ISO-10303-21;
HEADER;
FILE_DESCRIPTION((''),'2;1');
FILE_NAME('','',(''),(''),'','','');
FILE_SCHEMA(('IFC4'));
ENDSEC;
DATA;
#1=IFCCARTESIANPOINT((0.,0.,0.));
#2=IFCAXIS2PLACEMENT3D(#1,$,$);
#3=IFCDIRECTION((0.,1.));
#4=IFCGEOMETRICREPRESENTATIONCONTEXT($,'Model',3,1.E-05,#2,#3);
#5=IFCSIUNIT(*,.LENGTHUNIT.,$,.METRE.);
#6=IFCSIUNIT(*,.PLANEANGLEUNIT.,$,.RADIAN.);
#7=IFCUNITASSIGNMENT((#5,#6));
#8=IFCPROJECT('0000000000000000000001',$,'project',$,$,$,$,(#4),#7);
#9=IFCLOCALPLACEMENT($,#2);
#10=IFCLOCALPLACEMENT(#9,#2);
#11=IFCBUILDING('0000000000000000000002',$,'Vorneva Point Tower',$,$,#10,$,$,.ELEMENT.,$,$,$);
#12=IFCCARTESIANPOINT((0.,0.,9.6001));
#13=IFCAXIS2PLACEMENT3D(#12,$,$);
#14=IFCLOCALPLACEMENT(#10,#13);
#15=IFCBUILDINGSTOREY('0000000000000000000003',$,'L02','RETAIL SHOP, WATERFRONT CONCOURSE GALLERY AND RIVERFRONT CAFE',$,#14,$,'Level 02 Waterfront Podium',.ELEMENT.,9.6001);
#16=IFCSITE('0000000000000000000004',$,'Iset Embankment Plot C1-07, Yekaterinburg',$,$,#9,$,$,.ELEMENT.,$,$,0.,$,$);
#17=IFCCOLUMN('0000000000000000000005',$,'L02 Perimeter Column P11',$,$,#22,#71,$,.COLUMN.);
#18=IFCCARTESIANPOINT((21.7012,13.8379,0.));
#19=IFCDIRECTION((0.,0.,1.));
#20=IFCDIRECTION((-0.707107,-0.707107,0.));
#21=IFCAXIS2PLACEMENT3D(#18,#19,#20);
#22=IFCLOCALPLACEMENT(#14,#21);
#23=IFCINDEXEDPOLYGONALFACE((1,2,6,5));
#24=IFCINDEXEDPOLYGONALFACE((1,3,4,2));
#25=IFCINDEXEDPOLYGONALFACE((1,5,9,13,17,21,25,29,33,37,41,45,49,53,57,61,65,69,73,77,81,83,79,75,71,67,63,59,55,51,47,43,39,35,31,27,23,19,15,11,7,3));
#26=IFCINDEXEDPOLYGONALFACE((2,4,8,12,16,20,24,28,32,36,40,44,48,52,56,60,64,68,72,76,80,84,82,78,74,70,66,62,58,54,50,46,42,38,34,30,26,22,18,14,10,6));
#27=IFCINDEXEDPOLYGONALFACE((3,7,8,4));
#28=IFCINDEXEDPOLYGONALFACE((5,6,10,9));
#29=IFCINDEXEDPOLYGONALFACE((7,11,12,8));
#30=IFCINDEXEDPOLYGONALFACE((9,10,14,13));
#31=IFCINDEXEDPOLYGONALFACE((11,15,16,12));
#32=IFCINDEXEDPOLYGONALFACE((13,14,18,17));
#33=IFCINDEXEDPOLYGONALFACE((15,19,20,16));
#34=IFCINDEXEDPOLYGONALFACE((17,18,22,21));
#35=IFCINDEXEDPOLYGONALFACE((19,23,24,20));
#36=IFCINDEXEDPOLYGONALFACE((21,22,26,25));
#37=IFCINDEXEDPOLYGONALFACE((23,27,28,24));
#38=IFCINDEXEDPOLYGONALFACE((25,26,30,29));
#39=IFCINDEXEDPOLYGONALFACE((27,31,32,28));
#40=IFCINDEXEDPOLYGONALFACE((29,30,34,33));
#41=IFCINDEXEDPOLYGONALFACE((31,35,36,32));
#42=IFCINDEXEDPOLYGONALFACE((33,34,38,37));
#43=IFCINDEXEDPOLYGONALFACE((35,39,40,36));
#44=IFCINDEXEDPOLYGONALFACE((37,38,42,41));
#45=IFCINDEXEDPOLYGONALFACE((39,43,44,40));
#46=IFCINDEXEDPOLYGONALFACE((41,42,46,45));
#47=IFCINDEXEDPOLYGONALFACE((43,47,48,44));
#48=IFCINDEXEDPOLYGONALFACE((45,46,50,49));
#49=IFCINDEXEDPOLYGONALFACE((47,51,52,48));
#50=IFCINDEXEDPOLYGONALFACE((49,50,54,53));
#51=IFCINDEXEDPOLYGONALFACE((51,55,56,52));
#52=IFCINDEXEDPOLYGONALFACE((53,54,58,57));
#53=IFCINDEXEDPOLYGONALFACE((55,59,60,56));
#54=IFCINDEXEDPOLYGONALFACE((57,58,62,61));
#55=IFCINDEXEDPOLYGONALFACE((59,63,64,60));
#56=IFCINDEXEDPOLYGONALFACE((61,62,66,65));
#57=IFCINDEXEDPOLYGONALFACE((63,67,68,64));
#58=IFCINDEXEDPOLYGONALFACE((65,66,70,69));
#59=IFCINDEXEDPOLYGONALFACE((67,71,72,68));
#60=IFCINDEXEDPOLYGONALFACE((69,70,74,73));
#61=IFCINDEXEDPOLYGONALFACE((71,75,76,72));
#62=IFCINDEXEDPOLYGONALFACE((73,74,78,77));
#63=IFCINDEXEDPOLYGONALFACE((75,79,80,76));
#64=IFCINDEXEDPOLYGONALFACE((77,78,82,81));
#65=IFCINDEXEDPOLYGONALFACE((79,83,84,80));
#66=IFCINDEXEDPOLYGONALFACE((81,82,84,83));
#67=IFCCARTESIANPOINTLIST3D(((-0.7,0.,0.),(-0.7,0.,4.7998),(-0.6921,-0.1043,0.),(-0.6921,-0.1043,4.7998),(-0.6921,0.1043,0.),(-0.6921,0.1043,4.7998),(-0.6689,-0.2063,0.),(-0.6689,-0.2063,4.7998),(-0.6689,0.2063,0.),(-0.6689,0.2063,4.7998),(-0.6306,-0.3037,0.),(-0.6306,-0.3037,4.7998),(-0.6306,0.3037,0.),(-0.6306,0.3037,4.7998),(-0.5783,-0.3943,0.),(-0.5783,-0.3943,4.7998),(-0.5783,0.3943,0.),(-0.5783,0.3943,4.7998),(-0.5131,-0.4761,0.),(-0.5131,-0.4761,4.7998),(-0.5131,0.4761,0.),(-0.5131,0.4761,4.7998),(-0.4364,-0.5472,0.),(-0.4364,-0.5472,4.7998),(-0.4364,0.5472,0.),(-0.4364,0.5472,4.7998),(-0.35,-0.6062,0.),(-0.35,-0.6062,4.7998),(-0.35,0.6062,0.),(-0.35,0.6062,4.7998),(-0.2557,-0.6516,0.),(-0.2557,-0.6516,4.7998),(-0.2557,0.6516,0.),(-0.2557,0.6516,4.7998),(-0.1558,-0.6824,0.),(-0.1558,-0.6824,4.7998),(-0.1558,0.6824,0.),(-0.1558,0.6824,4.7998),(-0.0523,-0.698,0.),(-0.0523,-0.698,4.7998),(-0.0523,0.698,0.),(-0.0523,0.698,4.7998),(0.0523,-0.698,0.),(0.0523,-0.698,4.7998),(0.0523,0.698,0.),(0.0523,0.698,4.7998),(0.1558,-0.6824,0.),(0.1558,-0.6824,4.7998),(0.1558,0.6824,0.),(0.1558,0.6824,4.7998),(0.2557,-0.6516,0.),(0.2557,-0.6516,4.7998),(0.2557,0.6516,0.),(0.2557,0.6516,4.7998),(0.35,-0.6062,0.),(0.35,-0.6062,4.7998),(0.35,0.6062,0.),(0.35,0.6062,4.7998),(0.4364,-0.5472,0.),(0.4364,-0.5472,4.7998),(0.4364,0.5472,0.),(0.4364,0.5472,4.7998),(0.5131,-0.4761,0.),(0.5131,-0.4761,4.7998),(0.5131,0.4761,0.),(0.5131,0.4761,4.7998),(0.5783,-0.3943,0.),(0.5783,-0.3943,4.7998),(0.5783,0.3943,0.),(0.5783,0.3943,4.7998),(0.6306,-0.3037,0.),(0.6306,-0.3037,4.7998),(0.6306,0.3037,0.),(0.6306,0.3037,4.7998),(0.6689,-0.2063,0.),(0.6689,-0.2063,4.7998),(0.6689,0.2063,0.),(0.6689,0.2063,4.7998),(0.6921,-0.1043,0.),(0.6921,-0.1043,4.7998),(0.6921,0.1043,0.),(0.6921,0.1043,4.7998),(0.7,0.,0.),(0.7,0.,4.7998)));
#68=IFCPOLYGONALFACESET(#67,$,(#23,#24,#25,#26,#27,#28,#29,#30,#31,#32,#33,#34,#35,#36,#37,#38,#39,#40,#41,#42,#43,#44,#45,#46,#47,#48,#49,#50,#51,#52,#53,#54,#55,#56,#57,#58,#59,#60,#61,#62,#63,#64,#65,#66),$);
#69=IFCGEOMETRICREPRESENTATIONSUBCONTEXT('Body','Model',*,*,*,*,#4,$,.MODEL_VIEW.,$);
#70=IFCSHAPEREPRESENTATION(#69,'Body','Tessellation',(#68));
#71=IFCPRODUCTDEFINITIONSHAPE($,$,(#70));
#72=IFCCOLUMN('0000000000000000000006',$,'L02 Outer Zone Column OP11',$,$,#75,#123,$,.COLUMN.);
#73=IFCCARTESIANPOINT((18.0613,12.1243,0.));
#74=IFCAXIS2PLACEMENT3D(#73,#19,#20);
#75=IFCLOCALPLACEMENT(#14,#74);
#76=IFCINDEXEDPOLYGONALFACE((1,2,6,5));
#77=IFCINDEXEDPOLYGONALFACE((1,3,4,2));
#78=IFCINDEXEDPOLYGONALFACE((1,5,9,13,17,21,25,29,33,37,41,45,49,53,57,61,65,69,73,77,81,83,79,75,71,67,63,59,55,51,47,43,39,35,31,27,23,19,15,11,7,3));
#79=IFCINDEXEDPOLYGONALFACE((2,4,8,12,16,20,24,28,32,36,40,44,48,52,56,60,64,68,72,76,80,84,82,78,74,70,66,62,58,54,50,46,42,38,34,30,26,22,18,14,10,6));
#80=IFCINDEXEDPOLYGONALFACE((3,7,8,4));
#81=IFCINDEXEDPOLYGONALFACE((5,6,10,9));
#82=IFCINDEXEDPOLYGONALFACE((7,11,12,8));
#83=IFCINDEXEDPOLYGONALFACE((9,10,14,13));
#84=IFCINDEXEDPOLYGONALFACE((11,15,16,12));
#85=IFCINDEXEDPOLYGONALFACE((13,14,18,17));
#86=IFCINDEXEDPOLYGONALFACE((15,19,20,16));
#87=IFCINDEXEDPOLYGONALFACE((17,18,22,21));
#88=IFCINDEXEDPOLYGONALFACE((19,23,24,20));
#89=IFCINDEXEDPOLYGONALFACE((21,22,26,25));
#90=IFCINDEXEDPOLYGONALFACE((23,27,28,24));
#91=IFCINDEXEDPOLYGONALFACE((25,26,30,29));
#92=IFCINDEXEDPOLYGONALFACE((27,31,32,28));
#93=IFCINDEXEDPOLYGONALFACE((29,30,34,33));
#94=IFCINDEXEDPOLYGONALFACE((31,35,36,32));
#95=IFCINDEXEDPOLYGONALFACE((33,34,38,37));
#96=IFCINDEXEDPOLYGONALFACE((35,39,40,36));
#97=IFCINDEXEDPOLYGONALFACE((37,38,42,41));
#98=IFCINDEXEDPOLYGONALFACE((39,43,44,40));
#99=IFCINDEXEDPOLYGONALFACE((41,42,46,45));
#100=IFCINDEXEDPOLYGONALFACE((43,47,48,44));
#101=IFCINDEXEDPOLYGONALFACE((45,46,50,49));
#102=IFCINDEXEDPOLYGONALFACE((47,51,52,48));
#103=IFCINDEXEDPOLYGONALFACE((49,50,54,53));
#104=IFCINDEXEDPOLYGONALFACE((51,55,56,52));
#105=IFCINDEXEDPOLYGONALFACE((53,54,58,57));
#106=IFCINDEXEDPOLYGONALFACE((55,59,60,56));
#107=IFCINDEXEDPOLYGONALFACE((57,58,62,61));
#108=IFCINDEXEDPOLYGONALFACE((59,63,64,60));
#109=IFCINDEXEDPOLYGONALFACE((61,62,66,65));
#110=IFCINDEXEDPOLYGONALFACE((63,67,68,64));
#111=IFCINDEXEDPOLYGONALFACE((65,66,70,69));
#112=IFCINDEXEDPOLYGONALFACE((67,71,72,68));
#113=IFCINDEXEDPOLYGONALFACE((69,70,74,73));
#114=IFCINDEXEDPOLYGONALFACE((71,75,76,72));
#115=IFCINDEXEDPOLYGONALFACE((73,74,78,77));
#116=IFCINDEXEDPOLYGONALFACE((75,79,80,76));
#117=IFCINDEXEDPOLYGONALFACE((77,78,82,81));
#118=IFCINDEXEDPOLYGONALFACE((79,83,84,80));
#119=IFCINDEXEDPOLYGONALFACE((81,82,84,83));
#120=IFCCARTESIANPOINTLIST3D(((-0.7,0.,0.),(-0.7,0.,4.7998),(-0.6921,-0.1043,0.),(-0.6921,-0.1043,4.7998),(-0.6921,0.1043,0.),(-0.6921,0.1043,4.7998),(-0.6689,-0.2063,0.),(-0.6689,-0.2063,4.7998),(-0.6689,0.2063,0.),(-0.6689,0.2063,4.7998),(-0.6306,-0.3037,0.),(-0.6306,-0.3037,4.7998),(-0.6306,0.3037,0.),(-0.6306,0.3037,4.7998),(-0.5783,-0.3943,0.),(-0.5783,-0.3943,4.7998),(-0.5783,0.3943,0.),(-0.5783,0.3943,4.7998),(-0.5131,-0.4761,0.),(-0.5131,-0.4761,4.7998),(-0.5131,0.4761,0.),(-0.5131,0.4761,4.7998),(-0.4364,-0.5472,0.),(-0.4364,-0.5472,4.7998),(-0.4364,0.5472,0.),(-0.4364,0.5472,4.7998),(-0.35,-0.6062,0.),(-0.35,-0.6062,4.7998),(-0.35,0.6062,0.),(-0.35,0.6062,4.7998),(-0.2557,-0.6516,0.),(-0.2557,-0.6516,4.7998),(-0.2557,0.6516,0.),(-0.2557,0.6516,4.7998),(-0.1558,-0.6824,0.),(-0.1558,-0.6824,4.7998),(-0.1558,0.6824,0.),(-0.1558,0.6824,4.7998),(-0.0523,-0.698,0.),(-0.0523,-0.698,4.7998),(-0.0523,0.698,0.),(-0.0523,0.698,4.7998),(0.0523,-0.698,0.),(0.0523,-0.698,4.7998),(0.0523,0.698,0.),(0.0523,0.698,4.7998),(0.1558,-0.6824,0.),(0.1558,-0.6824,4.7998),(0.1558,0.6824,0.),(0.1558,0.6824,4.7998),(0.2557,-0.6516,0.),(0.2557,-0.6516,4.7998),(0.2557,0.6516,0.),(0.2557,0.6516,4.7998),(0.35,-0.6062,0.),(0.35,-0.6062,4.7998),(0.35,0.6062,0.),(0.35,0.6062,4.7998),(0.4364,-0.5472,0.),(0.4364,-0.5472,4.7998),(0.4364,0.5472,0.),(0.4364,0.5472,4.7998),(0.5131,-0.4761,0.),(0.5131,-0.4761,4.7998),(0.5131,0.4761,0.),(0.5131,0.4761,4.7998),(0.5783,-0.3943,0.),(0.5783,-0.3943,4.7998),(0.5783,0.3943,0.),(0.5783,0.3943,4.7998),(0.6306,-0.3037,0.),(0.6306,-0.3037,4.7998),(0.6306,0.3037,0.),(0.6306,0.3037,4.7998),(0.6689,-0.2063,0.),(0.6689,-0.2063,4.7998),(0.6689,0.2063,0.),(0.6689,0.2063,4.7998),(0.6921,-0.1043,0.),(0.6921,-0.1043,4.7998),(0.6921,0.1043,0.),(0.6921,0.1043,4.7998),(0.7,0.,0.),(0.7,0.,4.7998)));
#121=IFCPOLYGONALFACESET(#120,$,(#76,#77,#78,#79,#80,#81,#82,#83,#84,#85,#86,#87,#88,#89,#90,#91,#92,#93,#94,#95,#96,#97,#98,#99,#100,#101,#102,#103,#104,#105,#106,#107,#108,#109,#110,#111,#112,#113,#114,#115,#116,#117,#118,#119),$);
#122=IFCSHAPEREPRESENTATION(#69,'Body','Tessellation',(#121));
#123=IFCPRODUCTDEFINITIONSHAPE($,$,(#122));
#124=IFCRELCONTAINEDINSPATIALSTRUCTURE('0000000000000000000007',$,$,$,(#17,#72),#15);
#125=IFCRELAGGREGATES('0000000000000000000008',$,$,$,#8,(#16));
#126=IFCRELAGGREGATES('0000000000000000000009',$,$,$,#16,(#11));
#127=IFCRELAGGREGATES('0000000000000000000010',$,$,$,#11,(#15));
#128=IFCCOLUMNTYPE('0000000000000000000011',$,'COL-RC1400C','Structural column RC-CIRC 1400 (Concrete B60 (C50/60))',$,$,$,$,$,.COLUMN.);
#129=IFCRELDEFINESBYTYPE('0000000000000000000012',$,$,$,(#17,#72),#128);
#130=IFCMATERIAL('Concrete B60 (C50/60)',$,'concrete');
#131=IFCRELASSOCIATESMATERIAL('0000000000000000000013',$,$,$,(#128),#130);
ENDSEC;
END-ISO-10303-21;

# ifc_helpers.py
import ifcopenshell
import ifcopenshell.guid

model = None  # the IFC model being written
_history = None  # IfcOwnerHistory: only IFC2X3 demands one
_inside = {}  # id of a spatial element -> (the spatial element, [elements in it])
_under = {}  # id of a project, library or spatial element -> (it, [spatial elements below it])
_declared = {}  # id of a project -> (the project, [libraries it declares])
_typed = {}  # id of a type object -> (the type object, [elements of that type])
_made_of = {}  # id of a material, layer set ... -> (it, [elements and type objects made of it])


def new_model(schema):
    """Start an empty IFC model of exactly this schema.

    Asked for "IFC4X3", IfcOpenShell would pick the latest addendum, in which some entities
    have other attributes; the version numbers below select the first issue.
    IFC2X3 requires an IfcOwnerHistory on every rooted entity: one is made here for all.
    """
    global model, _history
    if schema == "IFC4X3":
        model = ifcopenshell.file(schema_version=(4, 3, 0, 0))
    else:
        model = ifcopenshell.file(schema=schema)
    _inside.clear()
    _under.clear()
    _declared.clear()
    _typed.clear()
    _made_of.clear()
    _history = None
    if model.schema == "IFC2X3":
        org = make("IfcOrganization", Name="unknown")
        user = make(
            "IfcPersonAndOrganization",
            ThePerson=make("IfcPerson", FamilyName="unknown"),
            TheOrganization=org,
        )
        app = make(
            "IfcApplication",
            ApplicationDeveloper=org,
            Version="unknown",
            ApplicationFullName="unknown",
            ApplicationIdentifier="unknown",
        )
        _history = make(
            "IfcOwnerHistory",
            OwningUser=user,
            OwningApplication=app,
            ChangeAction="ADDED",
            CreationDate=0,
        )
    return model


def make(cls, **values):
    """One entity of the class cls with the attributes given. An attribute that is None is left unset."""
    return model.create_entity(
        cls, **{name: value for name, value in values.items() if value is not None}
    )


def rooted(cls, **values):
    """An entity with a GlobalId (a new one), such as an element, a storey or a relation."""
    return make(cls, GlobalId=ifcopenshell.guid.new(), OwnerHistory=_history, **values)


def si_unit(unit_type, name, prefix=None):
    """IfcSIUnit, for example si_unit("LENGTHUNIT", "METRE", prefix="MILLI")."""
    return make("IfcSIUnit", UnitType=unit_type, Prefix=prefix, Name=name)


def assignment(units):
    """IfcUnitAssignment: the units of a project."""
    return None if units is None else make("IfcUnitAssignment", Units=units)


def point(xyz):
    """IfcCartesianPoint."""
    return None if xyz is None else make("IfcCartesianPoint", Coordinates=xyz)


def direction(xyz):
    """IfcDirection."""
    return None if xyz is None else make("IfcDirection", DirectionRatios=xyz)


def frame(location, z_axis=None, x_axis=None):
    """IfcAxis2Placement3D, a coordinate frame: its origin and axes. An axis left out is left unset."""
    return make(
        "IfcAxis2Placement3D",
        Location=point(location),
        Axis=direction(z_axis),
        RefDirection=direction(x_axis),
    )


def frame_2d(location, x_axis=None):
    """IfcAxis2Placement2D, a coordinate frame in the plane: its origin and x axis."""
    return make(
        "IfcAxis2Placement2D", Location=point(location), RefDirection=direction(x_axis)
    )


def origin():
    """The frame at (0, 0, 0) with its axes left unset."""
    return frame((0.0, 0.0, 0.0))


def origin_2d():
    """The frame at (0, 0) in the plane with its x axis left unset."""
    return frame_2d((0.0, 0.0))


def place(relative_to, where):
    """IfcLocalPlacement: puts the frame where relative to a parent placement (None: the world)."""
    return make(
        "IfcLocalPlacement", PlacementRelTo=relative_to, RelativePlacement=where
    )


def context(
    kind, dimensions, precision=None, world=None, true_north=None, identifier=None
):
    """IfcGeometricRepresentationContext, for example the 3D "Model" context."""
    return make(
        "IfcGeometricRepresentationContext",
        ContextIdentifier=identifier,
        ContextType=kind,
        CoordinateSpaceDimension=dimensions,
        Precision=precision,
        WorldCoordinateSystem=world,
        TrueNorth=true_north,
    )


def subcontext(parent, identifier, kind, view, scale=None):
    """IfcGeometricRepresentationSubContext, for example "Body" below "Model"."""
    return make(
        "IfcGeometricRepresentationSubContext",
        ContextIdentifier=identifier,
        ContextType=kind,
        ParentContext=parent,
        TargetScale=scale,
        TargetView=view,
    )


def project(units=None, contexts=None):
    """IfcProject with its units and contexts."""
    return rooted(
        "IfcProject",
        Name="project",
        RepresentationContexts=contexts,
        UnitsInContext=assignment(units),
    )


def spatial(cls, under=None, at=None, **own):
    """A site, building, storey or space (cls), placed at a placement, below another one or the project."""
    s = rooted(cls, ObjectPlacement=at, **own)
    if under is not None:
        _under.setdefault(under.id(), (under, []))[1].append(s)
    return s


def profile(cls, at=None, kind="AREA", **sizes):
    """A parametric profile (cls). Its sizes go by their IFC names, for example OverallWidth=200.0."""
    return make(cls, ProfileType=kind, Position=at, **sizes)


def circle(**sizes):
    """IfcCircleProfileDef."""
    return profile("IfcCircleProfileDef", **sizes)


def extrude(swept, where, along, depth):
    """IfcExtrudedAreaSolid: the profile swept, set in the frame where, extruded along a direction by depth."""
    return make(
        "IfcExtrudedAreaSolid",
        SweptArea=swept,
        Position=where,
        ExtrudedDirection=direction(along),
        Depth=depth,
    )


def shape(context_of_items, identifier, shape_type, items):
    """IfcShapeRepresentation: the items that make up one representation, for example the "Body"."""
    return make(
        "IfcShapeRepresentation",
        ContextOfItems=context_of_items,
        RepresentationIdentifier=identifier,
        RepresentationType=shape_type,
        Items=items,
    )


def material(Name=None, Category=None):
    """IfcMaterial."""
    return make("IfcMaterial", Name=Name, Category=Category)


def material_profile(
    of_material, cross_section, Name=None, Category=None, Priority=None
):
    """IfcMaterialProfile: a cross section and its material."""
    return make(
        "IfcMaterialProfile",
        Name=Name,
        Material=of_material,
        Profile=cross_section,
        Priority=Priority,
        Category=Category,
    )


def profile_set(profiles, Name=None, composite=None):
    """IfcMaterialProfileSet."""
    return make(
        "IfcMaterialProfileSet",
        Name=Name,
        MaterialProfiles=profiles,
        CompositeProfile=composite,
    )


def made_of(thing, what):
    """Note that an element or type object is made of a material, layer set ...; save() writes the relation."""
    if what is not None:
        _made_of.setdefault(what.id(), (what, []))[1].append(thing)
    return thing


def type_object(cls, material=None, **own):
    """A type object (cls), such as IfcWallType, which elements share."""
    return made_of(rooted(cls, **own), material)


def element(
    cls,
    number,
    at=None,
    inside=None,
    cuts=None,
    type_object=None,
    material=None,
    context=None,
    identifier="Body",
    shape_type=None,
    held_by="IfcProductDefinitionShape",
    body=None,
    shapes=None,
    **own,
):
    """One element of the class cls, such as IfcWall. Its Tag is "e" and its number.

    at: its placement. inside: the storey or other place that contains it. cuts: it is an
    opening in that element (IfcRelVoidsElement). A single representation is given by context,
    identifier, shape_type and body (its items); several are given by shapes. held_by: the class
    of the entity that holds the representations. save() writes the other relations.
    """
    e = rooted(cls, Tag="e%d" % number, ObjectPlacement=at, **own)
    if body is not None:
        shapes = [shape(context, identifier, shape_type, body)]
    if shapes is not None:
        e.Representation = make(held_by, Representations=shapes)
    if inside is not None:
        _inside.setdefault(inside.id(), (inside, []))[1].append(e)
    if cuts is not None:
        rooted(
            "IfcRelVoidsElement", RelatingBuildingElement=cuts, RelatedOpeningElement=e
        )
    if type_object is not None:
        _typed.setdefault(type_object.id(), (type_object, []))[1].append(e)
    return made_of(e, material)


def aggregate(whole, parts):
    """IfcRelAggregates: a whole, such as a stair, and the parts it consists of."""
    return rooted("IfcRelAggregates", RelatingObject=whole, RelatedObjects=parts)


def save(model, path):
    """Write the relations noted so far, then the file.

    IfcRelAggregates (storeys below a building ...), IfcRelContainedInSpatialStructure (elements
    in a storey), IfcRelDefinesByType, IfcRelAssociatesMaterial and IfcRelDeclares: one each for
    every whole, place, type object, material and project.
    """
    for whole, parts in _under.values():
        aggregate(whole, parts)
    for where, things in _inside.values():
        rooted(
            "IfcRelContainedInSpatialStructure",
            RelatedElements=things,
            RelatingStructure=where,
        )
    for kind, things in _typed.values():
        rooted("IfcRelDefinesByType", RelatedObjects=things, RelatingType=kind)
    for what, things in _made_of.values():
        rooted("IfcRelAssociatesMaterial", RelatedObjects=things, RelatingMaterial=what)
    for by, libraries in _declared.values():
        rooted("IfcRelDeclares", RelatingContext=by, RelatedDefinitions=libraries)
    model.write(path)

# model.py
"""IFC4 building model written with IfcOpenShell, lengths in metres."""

from ifc_helpers import new_model, si_unit, direction, frame, origin, origin_2d, place, context, subcontext, project, spatial, circle, extrude, material, material_profile, profile_set, type_object, element, save


model = new_model("IFC4")

# Units and contexts
model_context = context("Model", 3, precision=1e-05, world=origin(), true_north=direction((0.0, 1.0)))
body_context = subcontext(model_context, "Body", "Model", "MODEL_VIEW")
ifc_project = project(units=[si_unit("LENGTHUNIT", "METRE"), si_unit("PLANEANGLEUNIT", "RADIAN")], contexts=[model_context])

# Site, building, storey
site_placement = place(None, origin())
site = spatial("IfcSite", under=ifc_project, at=site_placement, Name="Iset Embankment Plot C1-07, Yekaterinburg", CompositionType="ELEMENT", RefElevation=0.0)
building_placement = place(site_placement, origin())
building = spatial("IfcBuilding", under=site, at=building_placement, Name="Vorneva Point Tower", CompositionType="ELEMENT")
storey_placement = place(building_placement, frame((0.0, 0.0, 9.6001)))
storey = spatial("IfcBuildingStorey", under=building, at=storey_placement, Name="L02", Description="RETAIL SHOP, WATERFRONT CONCOURSE GALLERY AND RIVERFRONT CAFE", LongName="Level 02 Waterfront Podium", CompositionType="ELEMENT", Elevation=9.6001)

# Columns
ifc_material_1 = material(Name="Concrete B60 (C50/60)", Category="concrete")
ifc_material_profile_1 = material_profile(ifc_material_1, circle(Radius=0.7, at=origin_2d()), Name="RC-CIRC 1400")
ifc_profile_set_1 = profile_set([ifc_material_profile_1], Name="Concrete B60 (C50/60)")
column_type = type_object("IfcColumnType", Name="COL-RC1400C", Description="Structural column RC-CIRC 1400 (Concrete B60 (C50/60))", PredefinedType="COLUMN", material=ifc_profile_set_1)
for number, where, z_axis, x_axis, name in (
    (1, (21.7012, 13.8379, 0.0), (0.0, 0.0, 1.0), (-0.707107, -0.707107, 0.0), "L02 Perimeter Column P11"),
    (2, (18.0613, 12.1243, 0.0), (0.0, 0.0, 1.0), (-0.707107, -0.707107, 0.0), "L02 Outer Zone Column OP11"),
):
    element("IfcColumn", number, at=place(storey_placement, frame(where, z_axis=z_axis, x_axis=x_axis)), inside=storey, type_object=column_type, Name=name, PredefinedType="COLUMN", context=body_context, shape_type="SweptSolid", body=[
        extrude(circle(Radius=0.7, at=origin_2d()), origin(), (0.0, 0.0, 1.0), 4.7998),
    ])

save(model, "model.ifc")
